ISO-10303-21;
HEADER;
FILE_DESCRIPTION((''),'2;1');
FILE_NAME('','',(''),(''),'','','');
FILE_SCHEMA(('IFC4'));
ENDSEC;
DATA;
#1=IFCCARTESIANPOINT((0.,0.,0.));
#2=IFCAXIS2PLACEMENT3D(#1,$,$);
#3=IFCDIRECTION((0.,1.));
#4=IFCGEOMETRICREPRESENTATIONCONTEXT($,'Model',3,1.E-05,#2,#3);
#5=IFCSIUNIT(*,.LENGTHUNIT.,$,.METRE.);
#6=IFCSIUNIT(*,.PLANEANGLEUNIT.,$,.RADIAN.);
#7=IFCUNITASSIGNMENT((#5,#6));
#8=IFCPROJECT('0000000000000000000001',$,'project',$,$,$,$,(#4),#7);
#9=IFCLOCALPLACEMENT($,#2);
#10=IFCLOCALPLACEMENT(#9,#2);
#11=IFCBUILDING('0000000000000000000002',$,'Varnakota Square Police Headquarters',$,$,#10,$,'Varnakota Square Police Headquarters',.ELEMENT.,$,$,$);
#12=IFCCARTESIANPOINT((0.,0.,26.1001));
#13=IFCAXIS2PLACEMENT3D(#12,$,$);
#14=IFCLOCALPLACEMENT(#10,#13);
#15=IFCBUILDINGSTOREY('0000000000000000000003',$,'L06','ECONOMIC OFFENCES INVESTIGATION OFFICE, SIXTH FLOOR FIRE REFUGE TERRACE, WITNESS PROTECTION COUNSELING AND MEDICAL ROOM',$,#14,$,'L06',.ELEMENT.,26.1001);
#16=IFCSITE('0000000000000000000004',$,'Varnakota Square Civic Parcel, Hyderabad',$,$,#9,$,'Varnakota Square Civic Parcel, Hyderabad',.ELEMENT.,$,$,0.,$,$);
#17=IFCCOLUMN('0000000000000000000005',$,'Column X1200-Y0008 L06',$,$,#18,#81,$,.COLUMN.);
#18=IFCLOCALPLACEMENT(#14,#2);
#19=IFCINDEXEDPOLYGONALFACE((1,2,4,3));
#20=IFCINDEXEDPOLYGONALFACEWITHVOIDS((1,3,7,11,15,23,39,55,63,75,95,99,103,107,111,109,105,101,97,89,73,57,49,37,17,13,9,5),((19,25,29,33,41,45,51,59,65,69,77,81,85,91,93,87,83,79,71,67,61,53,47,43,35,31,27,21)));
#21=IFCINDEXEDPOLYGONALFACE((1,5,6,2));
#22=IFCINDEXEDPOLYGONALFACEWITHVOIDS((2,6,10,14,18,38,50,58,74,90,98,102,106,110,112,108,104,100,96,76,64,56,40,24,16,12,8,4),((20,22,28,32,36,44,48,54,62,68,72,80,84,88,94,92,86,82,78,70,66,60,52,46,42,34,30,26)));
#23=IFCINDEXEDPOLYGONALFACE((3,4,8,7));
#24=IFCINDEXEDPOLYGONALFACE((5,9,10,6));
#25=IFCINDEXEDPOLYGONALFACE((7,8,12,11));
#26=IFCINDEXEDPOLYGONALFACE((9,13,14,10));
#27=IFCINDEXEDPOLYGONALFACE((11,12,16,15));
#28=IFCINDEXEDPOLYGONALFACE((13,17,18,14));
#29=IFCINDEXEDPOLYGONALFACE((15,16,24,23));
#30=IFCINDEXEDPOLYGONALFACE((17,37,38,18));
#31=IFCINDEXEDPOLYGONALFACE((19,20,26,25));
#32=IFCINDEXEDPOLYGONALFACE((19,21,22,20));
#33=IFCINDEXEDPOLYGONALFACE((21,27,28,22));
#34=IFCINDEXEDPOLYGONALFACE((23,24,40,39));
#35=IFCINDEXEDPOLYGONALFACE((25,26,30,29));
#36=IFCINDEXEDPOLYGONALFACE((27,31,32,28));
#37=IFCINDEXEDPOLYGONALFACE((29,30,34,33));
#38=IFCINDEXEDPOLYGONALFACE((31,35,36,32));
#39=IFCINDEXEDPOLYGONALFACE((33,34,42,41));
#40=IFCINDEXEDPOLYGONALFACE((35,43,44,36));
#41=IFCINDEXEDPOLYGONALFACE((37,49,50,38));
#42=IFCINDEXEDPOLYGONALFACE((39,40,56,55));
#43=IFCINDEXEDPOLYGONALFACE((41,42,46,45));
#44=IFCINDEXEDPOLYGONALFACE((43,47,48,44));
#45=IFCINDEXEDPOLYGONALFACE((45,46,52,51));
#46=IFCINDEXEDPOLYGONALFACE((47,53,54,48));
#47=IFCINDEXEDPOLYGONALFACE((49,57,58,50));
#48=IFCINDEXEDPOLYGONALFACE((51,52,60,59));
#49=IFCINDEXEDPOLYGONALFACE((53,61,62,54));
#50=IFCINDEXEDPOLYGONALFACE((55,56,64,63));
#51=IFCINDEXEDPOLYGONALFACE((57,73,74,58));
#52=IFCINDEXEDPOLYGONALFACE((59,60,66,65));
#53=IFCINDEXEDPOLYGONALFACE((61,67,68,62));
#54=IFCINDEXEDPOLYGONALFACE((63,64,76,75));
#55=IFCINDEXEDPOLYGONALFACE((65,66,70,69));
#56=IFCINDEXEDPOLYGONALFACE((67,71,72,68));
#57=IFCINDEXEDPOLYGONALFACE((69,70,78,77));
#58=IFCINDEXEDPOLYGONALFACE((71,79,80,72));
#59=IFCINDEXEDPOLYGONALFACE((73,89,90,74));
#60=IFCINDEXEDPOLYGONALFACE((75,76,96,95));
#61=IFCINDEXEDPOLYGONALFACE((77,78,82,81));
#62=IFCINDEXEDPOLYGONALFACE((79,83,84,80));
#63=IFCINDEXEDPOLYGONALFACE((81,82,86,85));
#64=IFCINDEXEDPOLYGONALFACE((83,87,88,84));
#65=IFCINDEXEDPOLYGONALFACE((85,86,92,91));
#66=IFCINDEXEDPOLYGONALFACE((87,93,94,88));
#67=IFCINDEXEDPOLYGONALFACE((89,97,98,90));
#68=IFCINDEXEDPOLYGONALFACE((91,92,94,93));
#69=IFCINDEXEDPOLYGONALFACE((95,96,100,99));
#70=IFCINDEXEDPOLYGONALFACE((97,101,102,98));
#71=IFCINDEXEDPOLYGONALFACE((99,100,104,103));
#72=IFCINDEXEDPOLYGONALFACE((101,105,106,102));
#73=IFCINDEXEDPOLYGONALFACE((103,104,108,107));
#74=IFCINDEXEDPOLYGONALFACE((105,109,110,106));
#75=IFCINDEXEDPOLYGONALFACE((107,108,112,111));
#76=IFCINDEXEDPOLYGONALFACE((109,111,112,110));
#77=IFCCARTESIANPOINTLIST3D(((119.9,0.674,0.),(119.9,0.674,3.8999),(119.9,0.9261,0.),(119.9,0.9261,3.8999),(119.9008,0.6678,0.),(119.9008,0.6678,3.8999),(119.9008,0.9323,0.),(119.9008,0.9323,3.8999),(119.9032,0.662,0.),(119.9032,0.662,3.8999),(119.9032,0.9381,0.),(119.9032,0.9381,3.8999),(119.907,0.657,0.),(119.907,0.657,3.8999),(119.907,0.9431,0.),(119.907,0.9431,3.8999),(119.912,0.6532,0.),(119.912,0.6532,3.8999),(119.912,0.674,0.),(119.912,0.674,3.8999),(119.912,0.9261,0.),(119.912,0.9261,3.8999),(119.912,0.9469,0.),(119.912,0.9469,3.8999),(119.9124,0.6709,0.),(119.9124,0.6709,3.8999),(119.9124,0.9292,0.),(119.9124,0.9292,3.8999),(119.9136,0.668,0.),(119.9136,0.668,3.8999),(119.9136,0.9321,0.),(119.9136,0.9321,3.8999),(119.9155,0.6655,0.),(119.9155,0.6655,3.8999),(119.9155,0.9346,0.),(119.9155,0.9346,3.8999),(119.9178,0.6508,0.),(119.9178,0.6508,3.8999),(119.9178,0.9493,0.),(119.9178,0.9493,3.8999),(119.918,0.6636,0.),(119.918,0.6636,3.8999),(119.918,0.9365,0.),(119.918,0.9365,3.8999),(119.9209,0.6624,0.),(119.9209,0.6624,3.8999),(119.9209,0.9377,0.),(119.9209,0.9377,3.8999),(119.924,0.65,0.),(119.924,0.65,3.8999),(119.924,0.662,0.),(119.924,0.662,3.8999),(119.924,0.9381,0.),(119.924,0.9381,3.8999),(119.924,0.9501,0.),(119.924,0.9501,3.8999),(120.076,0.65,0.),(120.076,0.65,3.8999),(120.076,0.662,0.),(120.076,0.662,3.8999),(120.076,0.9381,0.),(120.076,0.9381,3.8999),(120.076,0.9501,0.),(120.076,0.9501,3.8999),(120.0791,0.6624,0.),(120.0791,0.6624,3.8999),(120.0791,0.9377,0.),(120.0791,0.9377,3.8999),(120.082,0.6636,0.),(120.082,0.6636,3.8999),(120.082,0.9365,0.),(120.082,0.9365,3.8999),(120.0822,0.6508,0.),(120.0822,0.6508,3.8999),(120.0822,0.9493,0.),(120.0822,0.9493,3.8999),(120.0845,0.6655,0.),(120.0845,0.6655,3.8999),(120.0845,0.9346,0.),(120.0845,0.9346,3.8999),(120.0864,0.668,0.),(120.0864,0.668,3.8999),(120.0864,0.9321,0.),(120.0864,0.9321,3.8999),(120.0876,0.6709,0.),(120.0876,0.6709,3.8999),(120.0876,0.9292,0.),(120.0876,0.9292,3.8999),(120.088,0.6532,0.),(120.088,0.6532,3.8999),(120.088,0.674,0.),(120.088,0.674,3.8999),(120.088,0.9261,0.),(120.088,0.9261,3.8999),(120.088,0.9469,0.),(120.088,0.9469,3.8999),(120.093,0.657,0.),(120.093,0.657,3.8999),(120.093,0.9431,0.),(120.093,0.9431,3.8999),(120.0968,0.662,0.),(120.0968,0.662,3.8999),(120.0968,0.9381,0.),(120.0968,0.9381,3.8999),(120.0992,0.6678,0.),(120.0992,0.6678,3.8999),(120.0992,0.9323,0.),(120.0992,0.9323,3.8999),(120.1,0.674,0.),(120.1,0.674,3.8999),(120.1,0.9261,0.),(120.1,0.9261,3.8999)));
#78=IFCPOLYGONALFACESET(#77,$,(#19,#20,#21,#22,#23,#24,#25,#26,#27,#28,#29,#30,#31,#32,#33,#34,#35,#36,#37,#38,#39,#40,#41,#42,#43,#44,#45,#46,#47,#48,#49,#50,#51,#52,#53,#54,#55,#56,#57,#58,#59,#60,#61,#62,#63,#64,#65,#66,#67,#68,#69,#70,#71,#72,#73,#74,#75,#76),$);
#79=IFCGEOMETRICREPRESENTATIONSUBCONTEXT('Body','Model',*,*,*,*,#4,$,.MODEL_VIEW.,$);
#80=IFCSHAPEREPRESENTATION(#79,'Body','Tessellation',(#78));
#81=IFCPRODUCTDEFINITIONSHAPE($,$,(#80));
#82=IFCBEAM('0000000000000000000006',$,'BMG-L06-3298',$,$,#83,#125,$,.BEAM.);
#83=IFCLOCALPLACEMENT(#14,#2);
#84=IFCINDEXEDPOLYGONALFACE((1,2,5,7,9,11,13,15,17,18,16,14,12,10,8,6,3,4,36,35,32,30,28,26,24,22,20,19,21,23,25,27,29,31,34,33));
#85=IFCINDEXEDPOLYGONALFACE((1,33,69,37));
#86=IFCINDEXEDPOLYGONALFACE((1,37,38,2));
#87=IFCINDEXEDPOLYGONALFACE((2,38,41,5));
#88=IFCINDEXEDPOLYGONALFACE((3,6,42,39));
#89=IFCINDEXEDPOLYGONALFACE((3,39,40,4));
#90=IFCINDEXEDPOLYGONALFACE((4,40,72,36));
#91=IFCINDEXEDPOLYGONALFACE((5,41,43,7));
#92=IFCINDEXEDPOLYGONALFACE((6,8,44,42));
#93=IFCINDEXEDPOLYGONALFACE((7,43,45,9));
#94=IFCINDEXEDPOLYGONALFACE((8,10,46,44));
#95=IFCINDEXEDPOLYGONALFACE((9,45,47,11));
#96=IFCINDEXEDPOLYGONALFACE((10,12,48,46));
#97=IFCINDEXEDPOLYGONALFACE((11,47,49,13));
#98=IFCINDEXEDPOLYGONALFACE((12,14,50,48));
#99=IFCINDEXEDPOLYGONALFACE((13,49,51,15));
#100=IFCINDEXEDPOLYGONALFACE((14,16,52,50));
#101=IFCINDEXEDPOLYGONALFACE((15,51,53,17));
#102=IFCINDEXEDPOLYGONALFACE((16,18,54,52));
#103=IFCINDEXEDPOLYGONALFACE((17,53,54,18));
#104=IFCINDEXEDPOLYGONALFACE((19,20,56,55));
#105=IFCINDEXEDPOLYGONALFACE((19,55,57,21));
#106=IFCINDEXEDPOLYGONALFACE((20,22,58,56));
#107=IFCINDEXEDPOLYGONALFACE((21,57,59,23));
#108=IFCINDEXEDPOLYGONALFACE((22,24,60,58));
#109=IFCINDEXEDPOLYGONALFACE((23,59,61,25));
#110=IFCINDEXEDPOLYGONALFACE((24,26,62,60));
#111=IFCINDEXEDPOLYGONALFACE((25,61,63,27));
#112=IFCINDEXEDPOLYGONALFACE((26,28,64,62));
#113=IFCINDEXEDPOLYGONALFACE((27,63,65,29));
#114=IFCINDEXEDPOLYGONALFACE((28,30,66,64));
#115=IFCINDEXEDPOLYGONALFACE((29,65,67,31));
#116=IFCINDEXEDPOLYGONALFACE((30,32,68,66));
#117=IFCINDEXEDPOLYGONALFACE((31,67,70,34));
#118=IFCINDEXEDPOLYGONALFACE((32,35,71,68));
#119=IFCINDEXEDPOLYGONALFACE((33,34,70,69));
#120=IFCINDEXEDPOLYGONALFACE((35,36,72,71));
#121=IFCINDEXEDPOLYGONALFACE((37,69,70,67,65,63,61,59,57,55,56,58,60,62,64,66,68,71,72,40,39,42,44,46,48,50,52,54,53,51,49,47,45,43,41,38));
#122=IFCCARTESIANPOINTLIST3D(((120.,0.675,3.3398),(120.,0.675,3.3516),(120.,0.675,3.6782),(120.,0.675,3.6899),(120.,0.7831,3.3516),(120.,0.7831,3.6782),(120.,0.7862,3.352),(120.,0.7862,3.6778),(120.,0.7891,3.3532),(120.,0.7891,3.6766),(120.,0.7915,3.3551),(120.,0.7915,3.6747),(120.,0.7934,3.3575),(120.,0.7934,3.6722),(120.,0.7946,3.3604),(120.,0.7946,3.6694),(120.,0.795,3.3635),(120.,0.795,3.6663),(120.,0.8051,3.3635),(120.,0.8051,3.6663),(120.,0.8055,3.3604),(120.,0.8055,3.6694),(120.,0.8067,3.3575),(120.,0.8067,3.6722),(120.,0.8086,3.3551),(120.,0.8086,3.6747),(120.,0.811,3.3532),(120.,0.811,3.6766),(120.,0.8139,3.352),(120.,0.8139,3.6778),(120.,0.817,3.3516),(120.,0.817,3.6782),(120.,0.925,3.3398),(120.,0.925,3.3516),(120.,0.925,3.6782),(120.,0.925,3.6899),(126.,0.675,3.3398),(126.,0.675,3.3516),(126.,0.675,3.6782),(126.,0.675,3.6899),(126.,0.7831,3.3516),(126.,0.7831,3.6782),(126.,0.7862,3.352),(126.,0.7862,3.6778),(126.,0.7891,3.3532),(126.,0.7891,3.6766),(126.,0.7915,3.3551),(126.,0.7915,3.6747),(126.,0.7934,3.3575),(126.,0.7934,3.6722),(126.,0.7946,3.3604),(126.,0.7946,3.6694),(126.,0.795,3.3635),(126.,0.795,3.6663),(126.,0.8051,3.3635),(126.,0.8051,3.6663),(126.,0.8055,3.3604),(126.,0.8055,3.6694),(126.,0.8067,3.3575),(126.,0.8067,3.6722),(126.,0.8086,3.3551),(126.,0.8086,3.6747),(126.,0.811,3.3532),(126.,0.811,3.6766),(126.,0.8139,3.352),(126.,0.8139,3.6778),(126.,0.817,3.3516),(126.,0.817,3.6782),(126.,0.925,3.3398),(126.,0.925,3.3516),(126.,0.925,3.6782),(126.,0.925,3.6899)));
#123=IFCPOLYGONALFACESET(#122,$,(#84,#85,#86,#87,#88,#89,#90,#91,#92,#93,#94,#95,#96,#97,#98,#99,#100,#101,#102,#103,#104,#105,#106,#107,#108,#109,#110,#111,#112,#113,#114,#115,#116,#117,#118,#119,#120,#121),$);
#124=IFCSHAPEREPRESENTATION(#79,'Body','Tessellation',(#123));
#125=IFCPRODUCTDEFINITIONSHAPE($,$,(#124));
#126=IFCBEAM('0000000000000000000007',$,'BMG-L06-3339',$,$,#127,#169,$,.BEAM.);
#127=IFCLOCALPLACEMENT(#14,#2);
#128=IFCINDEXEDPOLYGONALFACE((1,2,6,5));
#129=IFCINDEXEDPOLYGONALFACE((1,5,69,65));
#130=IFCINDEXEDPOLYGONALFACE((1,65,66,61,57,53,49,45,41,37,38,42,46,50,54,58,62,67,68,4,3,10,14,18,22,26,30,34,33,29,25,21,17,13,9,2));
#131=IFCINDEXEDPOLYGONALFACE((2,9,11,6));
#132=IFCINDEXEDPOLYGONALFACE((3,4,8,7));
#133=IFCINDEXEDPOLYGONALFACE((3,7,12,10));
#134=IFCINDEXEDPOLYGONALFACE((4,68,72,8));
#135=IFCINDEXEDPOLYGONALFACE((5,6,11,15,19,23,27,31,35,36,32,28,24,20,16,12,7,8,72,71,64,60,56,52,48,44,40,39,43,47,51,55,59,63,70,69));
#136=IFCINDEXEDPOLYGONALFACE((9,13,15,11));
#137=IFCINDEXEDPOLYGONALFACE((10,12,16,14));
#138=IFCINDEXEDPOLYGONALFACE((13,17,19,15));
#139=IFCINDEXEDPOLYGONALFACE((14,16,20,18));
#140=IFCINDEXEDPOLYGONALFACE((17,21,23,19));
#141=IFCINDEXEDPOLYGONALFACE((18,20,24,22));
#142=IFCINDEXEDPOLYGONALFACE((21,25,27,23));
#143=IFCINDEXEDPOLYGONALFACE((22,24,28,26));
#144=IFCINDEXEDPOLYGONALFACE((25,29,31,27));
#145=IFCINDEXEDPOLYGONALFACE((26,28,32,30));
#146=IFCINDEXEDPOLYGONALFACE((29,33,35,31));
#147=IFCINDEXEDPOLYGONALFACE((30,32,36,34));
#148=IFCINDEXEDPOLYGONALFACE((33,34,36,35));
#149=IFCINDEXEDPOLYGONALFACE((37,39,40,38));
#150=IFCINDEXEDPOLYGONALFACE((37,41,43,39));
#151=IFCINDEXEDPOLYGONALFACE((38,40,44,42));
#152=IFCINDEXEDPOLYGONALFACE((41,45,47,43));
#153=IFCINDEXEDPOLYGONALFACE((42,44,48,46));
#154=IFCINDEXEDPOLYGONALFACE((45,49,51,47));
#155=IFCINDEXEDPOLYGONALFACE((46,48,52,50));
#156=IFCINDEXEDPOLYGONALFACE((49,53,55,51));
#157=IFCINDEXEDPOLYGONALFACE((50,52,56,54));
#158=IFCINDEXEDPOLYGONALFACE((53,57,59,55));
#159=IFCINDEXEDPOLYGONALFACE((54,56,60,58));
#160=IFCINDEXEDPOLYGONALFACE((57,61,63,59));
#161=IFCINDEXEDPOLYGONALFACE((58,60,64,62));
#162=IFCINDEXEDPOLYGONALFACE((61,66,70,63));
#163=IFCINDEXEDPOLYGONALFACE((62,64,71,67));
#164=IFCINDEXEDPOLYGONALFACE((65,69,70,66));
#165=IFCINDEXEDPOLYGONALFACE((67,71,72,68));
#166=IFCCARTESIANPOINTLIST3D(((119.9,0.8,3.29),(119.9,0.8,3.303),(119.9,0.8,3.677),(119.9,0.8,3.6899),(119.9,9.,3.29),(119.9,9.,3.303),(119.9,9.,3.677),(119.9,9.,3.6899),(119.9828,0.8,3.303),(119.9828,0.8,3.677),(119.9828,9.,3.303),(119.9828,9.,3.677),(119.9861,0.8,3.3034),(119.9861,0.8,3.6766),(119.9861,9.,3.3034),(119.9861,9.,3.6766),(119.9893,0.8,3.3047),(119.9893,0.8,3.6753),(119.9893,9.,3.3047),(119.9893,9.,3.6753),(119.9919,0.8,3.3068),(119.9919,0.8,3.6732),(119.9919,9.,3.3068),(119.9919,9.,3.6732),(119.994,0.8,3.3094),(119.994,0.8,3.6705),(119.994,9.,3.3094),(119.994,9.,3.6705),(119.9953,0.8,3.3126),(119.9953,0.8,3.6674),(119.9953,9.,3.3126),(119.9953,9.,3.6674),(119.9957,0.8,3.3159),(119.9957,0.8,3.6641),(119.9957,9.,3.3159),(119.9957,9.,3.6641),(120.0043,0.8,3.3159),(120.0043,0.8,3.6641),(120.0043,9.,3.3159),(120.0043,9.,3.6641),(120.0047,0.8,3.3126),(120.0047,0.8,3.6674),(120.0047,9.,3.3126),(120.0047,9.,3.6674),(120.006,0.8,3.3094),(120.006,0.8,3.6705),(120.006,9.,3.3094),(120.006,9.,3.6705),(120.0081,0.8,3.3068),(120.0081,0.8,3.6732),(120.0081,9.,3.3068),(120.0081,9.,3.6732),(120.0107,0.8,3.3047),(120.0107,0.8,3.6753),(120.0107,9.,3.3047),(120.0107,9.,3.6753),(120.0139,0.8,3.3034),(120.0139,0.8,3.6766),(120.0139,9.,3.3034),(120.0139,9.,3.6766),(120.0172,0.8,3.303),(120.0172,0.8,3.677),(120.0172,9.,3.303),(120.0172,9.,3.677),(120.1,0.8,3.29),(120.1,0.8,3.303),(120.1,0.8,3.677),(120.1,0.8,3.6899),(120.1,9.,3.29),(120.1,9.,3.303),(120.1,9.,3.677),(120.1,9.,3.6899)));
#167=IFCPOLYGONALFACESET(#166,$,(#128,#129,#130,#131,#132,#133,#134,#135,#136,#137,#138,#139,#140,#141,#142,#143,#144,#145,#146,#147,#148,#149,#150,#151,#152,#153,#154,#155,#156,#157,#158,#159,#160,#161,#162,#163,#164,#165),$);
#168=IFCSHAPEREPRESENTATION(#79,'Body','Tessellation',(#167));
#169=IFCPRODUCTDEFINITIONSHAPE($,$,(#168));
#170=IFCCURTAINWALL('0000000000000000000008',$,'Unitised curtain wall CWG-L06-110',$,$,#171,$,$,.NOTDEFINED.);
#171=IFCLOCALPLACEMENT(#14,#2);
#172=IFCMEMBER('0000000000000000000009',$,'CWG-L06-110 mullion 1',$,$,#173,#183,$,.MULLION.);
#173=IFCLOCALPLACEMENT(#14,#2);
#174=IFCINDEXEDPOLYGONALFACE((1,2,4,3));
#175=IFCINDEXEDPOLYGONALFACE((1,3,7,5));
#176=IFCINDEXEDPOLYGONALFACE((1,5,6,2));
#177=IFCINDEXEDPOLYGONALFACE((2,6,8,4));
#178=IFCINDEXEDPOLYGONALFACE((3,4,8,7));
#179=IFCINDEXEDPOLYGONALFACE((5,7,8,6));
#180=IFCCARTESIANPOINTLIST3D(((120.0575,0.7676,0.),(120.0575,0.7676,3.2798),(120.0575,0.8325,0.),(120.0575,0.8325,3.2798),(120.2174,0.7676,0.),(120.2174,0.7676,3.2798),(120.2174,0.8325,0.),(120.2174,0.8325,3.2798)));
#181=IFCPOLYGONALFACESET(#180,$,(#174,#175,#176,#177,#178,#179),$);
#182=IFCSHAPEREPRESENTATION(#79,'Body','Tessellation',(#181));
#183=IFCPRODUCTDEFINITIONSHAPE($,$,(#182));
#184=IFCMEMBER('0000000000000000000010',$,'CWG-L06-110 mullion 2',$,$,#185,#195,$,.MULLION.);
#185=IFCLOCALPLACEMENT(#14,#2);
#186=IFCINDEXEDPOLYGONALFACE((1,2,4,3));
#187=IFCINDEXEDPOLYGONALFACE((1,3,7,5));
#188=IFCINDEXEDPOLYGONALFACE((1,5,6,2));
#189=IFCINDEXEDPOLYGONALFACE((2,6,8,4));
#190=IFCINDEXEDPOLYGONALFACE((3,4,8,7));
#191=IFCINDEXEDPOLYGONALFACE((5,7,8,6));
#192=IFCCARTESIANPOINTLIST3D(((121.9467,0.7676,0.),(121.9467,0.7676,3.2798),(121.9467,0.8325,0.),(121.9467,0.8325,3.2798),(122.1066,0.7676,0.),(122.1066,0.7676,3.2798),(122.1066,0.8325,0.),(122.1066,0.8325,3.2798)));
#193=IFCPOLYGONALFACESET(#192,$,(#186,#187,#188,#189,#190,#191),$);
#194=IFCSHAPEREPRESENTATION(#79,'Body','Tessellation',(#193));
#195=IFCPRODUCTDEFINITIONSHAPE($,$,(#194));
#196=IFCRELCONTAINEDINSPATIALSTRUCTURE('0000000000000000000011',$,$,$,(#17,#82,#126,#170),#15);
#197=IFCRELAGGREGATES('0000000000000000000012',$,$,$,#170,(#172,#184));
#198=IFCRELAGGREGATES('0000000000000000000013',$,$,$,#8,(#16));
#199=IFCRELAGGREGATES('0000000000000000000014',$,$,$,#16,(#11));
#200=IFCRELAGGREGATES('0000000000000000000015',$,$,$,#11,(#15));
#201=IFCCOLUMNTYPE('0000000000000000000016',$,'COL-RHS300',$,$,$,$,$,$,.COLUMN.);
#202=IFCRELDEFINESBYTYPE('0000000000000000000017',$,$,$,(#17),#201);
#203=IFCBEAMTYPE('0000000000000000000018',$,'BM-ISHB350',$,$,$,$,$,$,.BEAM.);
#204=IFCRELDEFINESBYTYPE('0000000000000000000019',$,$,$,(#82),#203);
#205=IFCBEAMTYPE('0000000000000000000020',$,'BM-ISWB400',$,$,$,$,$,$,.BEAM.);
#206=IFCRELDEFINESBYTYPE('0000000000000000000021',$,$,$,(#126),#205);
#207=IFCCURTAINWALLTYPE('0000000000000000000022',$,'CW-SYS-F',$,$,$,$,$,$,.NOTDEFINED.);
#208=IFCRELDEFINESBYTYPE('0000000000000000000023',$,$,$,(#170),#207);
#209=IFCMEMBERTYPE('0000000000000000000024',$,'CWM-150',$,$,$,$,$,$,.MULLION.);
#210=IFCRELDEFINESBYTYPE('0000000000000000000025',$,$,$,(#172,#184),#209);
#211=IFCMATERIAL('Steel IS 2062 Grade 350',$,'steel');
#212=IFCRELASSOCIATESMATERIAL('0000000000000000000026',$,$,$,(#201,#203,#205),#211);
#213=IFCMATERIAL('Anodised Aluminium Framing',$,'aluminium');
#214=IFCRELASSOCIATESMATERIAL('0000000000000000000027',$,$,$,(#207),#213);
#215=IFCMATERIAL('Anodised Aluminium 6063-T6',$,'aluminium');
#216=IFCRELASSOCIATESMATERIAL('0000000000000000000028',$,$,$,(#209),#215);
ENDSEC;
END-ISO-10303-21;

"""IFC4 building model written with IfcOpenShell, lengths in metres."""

from ifc_helpers import new_model, si_unit, direction, frame, origin, origin_2d, place, context, subcontext, project, spatial, rectangle, hollow_rectangle, i_section, extrude, material, material_profile, profile_set, type_object, element, aggregate, save


model = new_model("IFC4")

# Units and contexts
model_context = context("Model", 3, precision=1e-05, world=origin(), true_north=direction((0.0, 1.0)))
body_context = subcontext(model_context, "Body", "Model", "MODEL_VIEW")
ifc_project = project(units=[si_unit("LENGTHUNIT", "METRE"), si_unit("PLANEANGLEUNIT", "RADIAN")], contexts=[model_context])

# Site, building, storey
site_placement = place(None, origin())
site = spatial("IfcSite", under=ifc_project, at=site_placement, Name="Varnakota Square Civic Parcel, Hyderabad", LongName="Varnakota Square Civic Parcel, Hyderabad", CompositionType="ELEMENT", RefElevation=0.0)
building_placement = place(site_placement, origin())
building = spatial("IfcBuilding", under=site, at=building_placement, Name="Varnakota Square Police Headquarters", LongName="Varnakota Square Police Headquarters", CompositionType="ELEMENT")
storey_placement = place(building_placement, frame((0.0, 0.0, 26.1001)))
storey = spatial("IfcBuildingStorey", under=building, at=storey_placement, Name="L06", Description="ECONOMIC OFFENCES INVESTIGATION OFFICE, SIXTH FLOOR FIRE REFUGE TERRACE, WITNESS PROTECTION COUNSELING AND MEDICAL ROOM", LongName="L06", CompositionType="ELEMENT", Elevation=26.1001)

# Column
ifc_material_1 = material(Name="Steel IS 2062 Grade 350", Category="steel")
ifc_material_profile_1 = material_profile(ifc_material_1, hollow_rectangle(XDim=0.2, YDim=0.3, WallThickness=0.012, InnerFilletRadius=0.012, OuterFilletRadius=0.0239, at=origin_2d()), Name="RHS 300x200x12")
ifc_profile_set_1 = profile_set([ifc_material_profile_1], Name="Steel IS 2062 Grade 350")
column_type = type_object("IfcColumnType", Name="COL-RHS300", PredefinedType="COLUMN", material=ifc_profile_set_1)
column_placement = place(storey_placement, frame((120.0, 0.8, 0.0), z_axis=(0.0, 0.0, 1.0), x_axis=(1.0, 0.0, 0.0)))
element("IfcColumn", 1, at=column_placement, inside=storey, type_object=column_type, Name="Column X1200-Y0008 L06", PredefinedType="COLUMN", context=body_context, shape_type="SweptSolid", body=[
    extrude(hollow_rectangle(XDim=0.2, YDim=0.3, WallThickness=0.012, InnerFilletRadius=0.012, OuterFilletRadius=0.0239, at=origin_2d()), origin(), (0.0, 0.0, 1.0), 3.8999),
])

# Beams
ifc_material_profile_2 = material_profile(ifc_material_1, i_section(OverallWidth=0.25, OverallDepth=0.3501, WebThickness=0.01, FlangeThickness=0.0117, FilletRadius=0.012, at=origin_2d()), Name="ISHB 350")
ifc_profile_set_2 = profile_set([ifc_material_profile_2], Name="Steel IS 2062 Grade 350")
beam_type_1 = type_object("IfcBeamType", Name="BM-ISHB350", PredefinedType="BEAM", material=ifc_profile_set_2)
beam_1_placement = place(storey_placement, frame((120.0, 0.8, 3.5149), z_axis=(1.0, 0.0, 0.0), x_axis=(0.0, 1.0, 0.0)))
element("IfcBeam", 2, at=beam_1_placement, inside=storey, type_object=beam_type_1, Name="BMG-L06-3298", PredefinedType="BEAM", context=body_context, shape_type="SweptSolid", body=[
    extrude(i_section(OverallWidth=0.25, OverallDepth=0.3501, WebThickness=0.01, FlangeThickness=0.0117, FilletRadius=0.012, at=origin_2d()), origin(), (0.0, 0.0, 1.0), 6.0),
])
ifc_material_profile_3 = material_profile(ifc_material_1, i_section(OverallWidth=0.2, OverallDepth=0.3999, WebThickness=0.0085, FlangeThickness=0.0129, FilletRadius=0.0129, at=origin_2d()), Name="ISWB 400")
ifc_profile_set_3 = profile_set([ifc_material_profile_3], Name="Steel IS 2062 Grade 350")
beam_type_2 = type_object("IfcBeamType", Name="BM-ISWB400", PredefinedType="BEAM", material=ifc_profile_set_3)
beam_2_placement = place(storey_placement, frame((120.0, 0.8, 3.49), z_axis=(0.0, 1.0, 0.0), x_axis=(-1.0, 0.0, 0.0)))
element("IfcBeam", 3, at=beam_2_placement, inside=storey, type_object=beam_type_2, Name="BMG-L06-3339", PredefinedType="BEAM", context=body_context, shape_type="SweptSolid", body=[
    extrude(i_section(OverallWidth=0.2, OverallDepth=0.3999, WebThickness=0.0085, FlangeThickness=0.0129, FilletRadius=0.0129, at=origin_2d()), origin(), (0.0, 0.0, 1.0), 8.2),
])

# Curtain wall, members
ifc_material_2 = material(Name="Anodised Aluminium Framing", Category="aluminium")
curtain_wall_type = type_object("IfcCurtainWallType", Name="CW-SYS-F", PredefinedType="NOTDEFINED", material=ifc_material_2)
curtain_wall_placement = place(storey_placement, origin())
curtain_wall = element("IfcCurtainWall", 4, at=curtain_wall_placement, inside=storey, type_object=curtain_wall_type, Name="Unitised curtain wall CWG-L06-110", PredefinedType="NOTDEFINED")
ifc_material_3 = material(Name="Anodised Aluminium 6063-T6", Category="aluminium")
ifc_material_profile_4 = material_profile(ifc_material_3, rectangle(XDim=0.0649, YDim=0.1599, at=origin_2d()), Name="ALU MULLION 65x160")
ifc_profile_set_4 = profile_set([ifc_material_profile_4], Name="Anodised Aluminium 6063-T6")
member_type_1 = type_object("IfcMemberType", Name="CWM-150", PredefinedType="MULLION", material=ifc_profile_set_4)
member_1_placement = place(storey_placement, frame((120.1375, 0.8, 0.0), z_axis=(0.0, 0.0, 1.0), x_axis=(0.0, 1.0, 0.0)))
member_1 = element("IfcMember", 5, at=member_1_placement, type_object=member_type_1, Name="CWG-L06-110 mullion 1", PredefinedType="MULLION", context=body_context, shape_type="SweptSolid", body=[
    extrude(rectangle(XDim=0.0649, YDim=0.1599, at=origin_2d()), origin(), (0.0, 0.0, 1.0), 3.2798),
])
member_2_placement = place(storey_placement, frame((122.0266, 0.8, 0.0), z_axis=(0.0, 0.0, 1.0), x_axis=(0.0, 1.0, 0.0)))
member_2 = element("IfcMember", 6, at=member_2_placement, type_object=member_type_1, Name="CWG-L06-110 mullion 2", PredefinedType="MULLION", context=body_context, shape_type="SweptSolid", body=[
    extrude(rectangle(XDim=0.0649, YDim=0.1599, at=origin_2d()), origin(), (0.0, 0.0, 1.0), 3.2798),
])
aggregate(curtain_wall, [member_1, member_2])

save(model, "model.ifc")
